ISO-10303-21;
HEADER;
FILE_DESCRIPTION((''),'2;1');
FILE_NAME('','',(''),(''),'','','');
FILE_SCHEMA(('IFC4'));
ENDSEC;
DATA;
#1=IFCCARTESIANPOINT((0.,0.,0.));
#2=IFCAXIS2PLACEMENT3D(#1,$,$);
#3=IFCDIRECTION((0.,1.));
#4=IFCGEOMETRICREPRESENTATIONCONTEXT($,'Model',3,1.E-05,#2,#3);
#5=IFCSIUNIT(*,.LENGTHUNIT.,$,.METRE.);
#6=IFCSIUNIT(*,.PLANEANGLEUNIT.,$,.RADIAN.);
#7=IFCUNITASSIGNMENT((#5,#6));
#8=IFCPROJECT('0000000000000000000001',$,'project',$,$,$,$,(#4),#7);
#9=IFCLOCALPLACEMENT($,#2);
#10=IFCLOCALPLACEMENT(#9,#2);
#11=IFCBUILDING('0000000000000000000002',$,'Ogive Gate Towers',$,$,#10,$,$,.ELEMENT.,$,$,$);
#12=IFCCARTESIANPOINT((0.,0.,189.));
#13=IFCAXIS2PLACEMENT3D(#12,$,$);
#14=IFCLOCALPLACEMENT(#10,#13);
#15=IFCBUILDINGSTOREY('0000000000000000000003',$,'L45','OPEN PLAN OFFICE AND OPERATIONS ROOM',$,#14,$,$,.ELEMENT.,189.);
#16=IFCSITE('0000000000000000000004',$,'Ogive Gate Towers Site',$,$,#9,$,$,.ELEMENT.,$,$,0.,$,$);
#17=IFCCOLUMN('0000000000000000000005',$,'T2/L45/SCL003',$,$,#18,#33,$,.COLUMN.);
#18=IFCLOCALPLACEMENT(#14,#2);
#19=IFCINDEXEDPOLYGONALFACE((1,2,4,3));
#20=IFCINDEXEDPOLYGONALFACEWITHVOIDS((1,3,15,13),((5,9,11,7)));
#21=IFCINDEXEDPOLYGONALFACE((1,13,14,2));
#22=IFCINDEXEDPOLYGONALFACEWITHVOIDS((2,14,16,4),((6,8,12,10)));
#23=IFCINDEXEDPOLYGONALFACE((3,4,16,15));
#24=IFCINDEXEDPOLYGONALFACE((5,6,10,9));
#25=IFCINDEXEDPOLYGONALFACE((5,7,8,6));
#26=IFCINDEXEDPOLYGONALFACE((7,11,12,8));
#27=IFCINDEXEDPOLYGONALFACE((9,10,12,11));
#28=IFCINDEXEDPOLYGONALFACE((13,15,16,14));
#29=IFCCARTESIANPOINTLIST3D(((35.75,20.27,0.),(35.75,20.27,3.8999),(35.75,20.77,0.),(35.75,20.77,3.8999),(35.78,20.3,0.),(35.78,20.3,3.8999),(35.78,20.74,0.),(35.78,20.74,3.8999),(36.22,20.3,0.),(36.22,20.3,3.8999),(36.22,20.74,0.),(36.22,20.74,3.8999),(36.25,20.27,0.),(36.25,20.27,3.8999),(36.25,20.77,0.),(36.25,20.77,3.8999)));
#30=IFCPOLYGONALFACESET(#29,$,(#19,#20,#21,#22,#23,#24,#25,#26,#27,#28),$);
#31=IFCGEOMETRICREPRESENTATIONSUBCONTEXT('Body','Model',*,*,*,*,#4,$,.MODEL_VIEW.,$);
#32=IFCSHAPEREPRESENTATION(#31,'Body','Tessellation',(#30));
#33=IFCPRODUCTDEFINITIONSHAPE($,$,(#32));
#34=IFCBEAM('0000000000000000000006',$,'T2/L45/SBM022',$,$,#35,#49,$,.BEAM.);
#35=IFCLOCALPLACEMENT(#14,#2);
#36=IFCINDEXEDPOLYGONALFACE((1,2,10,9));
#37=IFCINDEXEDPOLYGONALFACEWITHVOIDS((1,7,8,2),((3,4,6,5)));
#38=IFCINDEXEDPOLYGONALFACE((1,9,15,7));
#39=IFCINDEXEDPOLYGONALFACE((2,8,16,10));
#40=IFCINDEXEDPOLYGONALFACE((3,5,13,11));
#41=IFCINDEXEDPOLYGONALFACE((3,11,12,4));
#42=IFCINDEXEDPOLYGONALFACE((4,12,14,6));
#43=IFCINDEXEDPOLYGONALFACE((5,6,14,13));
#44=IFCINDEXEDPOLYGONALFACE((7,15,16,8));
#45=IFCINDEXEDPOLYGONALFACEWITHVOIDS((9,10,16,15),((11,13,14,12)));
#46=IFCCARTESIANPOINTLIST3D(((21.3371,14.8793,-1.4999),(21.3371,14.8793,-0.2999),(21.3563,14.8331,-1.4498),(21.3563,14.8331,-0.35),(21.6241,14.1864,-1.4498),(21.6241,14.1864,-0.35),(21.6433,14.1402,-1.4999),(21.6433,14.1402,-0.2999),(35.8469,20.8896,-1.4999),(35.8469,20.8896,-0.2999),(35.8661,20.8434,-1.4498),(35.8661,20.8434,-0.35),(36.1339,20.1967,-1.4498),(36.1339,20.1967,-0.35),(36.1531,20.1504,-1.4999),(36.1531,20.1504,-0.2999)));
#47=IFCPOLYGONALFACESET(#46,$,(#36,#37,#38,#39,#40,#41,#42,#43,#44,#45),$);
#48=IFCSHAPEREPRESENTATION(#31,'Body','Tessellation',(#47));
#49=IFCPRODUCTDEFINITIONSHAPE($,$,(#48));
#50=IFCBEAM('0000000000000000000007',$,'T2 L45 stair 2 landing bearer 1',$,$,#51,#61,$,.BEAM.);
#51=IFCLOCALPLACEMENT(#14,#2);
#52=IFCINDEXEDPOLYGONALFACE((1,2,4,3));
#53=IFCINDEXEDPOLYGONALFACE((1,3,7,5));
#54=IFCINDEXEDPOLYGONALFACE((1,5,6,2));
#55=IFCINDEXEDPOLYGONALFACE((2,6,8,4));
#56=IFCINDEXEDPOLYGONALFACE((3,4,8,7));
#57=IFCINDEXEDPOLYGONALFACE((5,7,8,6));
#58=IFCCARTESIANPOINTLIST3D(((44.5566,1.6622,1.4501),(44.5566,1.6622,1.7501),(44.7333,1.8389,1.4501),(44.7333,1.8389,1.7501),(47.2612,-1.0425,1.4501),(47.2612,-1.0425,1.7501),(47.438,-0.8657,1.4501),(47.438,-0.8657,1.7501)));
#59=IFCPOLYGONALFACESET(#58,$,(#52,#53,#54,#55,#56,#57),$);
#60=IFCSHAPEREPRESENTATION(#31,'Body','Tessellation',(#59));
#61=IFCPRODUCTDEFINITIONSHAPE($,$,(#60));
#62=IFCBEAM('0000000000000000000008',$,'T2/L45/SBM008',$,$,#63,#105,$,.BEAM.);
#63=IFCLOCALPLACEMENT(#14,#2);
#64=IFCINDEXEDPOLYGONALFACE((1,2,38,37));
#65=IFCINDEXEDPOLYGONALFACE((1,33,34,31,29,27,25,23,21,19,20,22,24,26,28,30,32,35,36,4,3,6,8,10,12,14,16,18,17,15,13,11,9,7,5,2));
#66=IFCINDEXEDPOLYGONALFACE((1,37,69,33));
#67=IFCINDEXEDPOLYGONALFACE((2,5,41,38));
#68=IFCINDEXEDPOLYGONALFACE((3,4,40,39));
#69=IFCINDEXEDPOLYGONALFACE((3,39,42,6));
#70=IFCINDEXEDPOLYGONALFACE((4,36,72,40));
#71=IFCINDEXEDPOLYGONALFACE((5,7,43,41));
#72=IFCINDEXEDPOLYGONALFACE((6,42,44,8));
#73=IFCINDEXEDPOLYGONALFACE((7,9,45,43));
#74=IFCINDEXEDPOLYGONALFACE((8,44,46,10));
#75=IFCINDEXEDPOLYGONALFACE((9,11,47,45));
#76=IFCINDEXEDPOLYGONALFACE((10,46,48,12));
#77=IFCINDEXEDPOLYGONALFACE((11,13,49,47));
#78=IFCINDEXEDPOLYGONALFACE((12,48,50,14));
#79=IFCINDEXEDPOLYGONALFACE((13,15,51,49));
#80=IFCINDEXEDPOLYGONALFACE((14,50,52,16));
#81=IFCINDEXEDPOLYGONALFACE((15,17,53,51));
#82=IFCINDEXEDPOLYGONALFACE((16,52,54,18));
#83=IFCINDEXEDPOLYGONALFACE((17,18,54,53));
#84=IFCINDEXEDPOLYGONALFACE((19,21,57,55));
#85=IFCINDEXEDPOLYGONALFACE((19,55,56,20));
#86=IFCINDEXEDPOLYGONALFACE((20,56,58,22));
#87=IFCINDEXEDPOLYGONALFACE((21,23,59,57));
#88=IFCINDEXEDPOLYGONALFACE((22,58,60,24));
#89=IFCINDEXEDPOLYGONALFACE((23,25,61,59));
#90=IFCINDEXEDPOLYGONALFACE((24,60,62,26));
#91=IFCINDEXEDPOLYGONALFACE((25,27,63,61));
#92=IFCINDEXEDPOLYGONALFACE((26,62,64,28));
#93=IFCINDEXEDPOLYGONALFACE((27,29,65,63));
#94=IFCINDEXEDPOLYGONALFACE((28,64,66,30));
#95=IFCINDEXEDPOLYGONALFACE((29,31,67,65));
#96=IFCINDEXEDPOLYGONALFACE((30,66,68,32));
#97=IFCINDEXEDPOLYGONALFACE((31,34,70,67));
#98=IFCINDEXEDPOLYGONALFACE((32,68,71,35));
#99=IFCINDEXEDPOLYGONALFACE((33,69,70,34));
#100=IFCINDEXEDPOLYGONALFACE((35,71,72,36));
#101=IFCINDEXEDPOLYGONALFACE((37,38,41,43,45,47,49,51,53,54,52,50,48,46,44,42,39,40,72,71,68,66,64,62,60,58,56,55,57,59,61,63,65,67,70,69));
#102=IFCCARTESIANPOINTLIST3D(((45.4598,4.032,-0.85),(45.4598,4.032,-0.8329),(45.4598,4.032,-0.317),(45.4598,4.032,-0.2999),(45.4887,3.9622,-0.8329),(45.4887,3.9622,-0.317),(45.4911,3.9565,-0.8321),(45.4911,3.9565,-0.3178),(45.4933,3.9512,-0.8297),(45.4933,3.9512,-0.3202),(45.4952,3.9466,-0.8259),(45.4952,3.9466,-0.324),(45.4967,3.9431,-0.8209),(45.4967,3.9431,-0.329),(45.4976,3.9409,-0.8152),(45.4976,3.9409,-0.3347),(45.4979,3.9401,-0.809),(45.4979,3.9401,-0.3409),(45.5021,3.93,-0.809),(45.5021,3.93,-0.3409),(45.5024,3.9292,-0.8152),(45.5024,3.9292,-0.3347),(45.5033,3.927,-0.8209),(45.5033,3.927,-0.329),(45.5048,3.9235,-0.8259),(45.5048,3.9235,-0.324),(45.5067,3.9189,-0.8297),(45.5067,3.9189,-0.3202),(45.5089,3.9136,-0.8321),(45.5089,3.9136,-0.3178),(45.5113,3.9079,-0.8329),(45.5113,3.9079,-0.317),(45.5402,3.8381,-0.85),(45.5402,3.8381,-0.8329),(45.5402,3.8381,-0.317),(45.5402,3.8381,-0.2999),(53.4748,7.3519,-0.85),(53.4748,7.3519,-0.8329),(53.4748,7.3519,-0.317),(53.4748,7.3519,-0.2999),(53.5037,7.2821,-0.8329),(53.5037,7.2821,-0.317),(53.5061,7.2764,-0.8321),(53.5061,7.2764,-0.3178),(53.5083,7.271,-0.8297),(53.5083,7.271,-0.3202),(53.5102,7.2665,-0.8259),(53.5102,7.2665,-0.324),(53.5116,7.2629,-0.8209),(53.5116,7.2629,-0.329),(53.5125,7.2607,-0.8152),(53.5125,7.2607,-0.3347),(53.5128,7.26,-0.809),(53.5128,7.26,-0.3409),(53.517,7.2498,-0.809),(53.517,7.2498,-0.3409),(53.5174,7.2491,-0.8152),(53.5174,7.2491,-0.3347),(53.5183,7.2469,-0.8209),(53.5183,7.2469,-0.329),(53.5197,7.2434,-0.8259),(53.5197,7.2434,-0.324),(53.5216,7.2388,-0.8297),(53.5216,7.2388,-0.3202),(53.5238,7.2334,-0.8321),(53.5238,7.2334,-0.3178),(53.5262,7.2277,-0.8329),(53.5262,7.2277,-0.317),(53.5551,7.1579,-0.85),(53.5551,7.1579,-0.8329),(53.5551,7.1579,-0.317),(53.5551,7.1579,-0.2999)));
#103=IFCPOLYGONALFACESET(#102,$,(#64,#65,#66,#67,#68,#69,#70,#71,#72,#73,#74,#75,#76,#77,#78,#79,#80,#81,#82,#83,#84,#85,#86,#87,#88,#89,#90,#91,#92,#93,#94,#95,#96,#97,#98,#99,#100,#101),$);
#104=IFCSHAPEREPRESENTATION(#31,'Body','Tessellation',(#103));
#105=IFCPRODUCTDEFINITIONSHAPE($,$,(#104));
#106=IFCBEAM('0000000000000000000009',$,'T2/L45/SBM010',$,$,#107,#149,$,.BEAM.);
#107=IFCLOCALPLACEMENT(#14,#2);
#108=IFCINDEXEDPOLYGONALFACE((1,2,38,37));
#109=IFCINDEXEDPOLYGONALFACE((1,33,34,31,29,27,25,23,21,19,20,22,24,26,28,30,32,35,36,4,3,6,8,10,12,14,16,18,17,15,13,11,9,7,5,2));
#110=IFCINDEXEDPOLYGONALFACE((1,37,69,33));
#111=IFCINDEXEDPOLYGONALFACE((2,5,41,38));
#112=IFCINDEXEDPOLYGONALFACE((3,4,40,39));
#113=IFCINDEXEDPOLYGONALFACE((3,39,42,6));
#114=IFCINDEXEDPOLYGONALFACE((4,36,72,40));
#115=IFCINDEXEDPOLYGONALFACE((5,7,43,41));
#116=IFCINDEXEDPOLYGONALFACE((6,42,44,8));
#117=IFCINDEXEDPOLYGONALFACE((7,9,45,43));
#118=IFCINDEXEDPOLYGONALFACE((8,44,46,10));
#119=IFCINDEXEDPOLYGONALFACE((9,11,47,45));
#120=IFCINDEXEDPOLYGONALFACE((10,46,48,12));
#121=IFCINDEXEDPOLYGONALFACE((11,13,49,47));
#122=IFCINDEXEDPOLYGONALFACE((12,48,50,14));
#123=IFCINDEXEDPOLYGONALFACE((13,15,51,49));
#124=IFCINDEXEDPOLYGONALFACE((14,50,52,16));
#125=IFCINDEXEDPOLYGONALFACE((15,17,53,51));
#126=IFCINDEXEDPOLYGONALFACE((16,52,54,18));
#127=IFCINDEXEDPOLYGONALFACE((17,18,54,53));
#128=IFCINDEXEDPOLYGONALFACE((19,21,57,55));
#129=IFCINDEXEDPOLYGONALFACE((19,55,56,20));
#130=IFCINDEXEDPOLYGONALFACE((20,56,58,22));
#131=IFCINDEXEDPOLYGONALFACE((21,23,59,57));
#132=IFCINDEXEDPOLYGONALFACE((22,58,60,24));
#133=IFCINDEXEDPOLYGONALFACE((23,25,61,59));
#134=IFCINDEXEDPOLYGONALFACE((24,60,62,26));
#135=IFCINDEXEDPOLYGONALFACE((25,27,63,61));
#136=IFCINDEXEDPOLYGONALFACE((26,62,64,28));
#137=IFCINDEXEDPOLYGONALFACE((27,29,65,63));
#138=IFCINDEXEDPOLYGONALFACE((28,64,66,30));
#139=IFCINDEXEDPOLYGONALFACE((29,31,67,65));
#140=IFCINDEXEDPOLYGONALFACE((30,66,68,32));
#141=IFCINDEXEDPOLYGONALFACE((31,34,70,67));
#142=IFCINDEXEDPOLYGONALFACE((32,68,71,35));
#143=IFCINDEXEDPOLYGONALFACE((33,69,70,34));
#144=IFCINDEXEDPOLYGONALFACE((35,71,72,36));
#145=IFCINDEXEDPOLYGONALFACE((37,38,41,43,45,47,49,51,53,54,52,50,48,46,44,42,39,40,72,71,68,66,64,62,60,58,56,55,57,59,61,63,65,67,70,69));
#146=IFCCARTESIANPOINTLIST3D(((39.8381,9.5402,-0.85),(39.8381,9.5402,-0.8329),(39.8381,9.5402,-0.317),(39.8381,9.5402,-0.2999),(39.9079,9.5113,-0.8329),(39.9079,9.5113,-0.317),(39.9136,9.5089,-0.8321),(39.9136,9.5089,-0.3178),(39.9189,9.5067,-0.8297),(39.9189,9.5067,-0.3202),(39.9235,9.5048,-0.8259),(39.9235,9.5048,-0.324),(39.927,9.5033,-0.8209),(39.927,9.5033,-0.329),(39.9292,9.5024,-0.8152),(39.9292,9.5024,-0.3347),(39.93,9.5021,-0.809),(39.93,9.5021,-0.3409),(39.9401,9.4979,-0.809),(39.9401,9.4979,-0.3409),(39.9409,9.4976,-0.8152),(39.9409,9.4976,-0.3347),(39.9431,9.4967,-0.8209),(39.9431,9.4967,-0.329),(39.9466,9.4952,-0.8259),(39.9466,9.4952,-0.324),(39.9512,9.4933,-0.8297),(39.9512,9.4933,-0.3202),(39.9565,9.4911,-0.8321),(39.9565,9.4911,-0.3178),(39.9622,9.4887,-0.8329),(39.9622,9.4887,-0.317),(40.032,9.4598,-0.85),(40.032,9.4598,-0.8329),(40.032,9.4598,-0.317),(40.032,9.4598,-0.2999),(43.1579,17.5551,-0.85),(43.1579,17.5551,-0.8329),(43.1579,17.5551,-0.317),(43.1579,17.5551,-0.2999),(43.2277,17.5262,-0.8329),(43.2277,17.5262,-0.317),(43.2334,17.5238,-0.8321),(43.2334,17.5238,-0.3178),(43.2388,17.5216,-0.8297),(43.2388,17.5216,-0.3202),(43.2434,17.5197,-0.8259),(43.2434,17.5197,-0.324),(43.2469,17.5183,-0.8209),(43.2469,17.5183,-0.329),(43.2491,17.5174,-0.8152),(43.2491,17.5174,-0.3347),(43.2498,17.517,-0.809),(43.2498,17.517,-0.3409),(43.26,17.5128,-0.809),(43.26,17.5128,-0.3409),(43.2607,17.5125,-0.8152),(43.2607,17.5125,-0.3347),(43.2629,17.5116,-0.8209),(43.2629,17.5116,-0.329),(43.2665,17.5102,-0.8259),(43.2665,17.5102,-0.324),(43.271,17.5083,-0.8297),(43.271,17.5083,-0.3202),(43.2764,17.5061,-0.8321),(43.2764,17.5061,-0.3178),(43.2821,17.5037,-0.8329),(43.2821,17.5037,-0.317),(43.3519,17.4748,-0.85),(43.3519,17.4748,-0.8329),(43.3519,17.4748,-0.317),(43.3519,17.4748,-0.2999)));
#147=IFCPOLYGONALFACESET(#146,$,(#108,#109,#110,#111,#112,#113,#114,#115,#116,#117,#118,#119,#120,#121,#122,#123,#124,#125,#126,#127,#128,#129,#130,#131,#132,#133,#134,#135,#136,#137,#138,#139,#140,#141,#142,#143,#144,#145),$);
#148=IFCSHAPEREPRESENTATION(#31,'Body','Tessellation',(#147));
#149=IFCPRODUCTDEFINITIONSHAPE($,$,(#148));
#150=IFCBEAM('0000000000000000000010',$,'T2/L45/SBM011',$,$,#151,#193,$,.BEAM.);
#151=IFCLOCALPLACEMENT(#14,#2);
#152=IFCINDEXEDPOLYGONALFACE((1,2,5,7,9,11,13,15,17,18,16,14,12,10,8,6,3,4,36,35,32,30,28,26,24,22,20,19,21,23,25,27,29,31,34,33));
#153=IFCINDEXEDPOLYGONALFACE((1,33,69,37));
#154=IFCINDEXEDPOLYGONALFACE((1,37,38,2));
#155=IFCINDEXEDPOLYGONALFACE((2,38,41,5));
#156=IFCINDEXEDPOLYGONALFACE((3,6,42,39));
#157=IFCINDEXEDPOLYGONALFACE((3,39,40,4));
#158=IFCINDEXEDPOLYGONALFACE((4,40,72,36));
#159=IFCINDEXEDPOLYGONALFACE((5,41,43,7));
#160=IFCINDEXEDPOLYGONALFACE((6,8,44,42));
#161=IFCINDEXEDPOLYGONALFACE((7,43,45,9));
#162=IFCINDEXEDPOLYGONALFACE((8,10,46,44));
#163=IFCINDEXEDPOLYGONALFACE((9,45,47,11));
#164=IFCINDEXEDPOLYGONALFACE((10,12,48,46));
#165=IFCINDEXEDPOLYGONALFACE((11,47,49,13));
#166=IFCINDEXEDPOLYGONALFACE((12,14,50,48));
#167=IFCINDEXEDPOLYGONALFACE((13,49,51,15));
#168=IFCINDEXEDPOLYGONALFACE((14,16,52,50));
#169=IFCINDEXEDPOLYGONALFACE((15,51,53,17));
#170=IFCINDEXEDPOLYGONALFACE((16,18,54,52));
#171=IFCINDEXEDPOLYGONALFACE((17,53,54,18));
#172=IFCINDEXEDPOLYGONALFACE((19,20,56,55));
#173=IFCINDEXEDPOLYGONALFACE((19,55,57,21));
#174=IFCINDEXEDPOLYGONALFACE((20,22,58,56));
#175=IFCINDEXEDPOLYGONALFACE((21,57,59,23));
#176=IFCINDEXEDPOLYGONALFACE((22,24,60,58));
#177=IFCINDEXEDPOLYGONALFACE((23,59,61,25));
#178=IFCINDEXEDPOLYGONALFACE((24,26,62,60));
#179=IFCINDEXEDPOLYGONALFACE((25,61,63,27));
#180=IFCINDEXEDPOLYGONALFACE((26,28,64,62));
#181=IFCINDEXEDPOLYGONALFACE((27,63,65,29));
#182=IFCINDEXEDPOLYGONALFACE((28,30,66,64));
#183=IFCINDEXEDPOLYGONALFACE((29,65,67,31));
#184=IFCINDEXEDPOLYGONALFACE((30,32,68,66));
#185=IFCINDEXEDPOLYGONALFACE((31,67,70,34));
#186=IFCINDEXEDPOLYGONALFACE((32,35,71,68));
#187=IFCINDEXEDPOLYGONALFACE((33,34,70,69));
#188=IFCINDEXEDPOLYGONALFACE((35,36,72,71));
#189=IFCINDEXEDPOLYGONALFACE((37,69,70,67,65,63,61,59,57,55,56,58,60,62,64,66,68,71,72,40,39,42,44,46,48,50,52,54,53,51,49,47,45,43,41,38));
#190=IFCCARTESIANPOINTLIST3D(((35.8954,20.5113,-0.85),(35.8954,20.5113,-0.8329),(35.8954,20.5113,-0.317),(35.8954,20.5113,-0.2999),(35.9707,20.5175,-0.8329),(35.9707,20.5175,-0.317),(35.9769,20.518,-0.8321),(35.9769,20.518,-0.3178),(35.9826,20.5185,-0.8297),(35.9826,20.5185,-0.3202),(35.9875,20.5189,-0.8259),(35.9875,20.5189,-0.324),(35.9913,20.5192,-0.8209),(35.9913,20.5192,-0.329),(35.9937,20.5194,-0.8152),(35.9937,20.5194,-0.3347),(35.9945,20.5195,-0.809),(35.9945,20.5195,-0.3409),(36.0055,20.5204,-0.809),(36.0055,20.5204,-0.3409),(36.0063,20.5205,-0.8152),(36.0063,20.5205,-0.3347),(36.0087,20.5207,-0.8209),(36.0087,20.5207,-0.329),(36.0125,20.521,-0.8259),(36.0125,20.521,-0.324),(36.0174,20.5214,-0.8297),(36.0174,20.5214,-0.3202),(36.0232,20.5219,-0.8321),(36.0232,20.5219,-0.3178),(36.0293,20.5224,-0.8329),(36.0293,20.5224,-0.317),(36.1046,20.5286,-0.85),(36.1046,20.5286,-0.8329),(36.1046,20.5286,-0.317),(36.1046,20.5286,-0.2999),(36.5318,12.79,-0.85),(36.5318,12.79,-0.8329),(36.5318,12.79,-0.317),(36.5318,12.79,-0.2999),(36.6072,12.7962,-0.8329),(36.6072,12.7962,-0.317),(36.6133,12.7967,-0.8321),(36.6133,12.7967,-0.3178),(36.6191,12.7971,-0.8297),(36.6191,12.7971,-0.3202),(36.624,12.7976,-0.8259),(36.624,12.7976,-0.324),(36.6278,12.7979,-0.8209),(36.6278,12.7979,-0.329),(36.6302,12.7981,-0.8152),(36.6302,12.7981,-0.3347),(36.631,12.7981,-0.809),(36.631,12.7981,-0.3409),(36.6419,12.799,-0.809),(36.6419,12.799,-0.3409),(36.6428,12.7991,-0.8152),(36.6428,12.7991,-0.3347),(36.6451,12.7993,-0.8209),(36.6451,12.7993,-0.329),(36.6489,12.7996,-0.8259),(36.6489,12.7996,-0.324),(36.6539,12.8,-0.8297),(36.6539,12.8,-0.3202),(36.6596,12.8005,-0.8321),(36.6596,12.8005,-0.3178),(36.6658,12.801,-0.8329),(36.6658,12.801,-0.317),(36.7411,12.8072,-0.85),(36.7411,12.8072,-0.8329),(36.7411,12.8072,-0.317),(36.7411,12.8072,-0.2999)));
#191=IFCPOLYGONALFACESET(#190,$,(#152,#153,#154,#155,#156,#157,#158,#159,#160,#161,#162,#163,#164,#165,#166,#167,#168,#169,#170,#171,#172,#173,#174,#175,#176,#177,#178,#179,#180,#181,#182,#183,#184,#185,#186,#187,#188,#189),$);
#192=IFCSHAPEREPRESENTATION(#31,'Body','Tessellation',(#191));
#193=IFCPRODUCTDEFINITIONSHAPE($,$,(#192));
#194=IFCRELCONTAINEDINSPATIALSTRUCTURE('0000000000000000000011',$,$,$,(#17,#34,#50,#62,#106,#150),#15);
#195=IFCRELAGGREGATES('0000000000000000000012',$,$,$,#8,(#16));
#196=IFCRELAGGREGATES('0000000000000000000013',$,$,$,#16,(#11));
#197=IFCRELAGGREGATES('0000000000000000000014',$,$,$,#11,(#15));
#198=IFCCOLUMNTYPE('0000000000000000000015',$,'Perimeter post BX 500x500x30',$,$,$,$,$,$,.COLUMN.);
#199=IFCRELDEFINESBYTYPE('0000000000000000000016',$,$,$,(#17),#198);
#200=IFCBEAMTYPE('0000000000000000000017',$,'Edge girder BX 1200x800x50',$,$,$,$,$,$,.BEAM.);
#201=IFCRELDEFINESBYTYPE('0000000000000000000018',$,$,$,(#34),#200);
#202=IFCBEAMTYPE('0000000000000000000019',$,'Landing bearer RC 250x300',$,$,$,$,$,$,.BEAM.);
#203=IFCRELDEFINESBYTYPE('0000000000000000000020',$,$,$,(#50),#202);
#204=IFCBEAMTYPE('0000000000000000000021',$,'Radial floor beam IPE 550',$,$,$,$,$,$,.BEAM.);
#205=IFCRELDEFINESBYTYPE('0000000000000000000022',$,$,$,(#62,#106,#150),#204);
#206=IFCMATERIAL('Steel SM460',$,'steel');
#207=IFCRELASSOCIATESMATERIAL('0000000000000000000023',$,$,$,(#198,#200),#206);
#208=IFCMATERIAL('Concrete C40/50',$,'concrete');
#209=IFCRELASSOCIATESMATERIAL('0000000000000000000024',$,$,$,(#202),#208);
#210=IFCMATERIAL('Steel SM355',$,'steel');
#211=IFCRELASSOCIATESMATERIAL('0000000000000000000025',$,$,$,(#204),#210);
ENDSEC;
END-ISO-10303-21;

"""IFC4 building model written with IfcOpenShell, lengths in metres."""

from ifc_helpers import new_model, si_unit, direction, frame, origin, origin_2d, place, context, subcontext, project, spatial, rectangle, hollow_rectangle, i_section, extrude, material, material_profile, profile_set, type_object, element, save


model = new_model("IFC4")

# Units and contexts
model_context = context("Model", 3, precision=1e-05, world=origin(), true_north=direction((0.0, 1.0)))
body_context = subcontext(model_context, "Body", "Model", "MODEL_VIEW")
ifc_project = project(units=[si_unit("LENGTHUNIT", "METRE"), si_unit("PLANEANGLEUNIT", "RADIAN")], contexts=[model_context])

# Site, building, storey
site_placement = place(None, origin())
site = spatial("IfcSite", under=ifc_project, at=site_placement, Name="Ogive Gate Towers Site", CompositionType="ELEMENT", RefElevation=0.0)
building_placement = place(site_placement, origin())
building = spatial("IfcBuilding", under=site, at=building_placement, Name="Ogive Gate Towers", CompositionType="ELEMENT")
storey_placement = place(building_placement, frame((0.0, 0.0, 189.0)))
storey = spatial("IfcBuildingStorey", under=building, at=storey_placement, Name="L45", Description="OPEN PLAN OFFICE AND OPERATIONS ROOM", CompositionType="ELEMENT", Elevation=189.0)

# Column
ifc_material_1 = material(Name="Steel SM460", Category="steel")
ifc_material_profile_1 = material_profile(ifc_material_1, hollow_rectangle(XDim=0.5, YDim=0.5, WallThickness=0.03, at=origin_2d()), Name="BX 500x500x30")
ifc_profile_set_1 = profile_set([ifc_material_profile_1], Name="Steel SM460")
column_type = type_object("IfcColumnType", Name="Perimeter post BX 500x500x30", PredefinedType="COLUMN", material=ifc_profile_set_1)
column_placement = place(storey_placement, frame((36.0, 20.52, 0.0), z_axis=(0.0, 0.0, 1.0), x_axis=(1.0, 0.0, 0.0)))
element("IfcColumn", 1, at=column_placement, inside=storey, type_object=column_type, Name="T2/L45/SCL003", PredefinedType="COLUMN", context=body_context, shape_type="SweptSolid", body=[
    extrude(hollow_rectangle(XDim=0.5, YDim=0.5, WallThickness=0.03, at=origin_2d()), origin(), (0.0, 0.0, 1.0), 3.8999),
])

# Beams
ifc_material_profile_2 = material_profile(ifc_material_1, hollow_rectangle(XDim=0.8, YDim=1.2, WallThickness=0.05, at=origin_2d()), Name="BX 1200x800x50")
ifc_profile_set_2 = profile_set([ifc_material_profile_2], Name="Steel SM460")
beam_type_1 = type_object("IfcBeamType", Name="Edge girder BX 1200x800x50", PredefinedType="BEAM", material=ifc_profile_set_2)
beam_1_placement = place(storey_placement, frame((36.0, 20.52, -0.8999), z_axis=(-0.923877, -0.38269, 0.0), x_axis=(0.38269, -0.923877, 0.0)))
element("IfcBeam", 2, at=beam_1_placement, inside=storey, type_object=beam_type_1, Name="T2/L45/SBM022", PredefinedType="BEAM", context=body_context, shape_type="SweptSolid", body=[
    extrude(hollow_rectangle(XDim=0.8, YDim=1.2, WallThickness=0.05, at=origin_2d()), origin(), (0.0, 0.0, 1.0), 15.7053),
])
ifc_material_2 = material(Name="Concrete C40/50", Category="concrete")
ifc_material_profile_3 = material_profile(ifc_material_2, rectangle(XDim=0.25, YDim=0.3, at=origin_2d()), Name="RC 250x300")
ifc_profile_set_3 = profile_set([ifc_material_profile_3], Name="Concrete C40/50")
beam_type_2 = type_object("IfcBeamType", Name="Landing bearer RC 250x300", PredefinedType="BEAM", material=ifc_profile_set_3)
beam_2_placement = place(storey_placement, frame((47.3496, -0.9541, 1.6001), z_axis=(-0.707107, 0.707107, 0.0), x_axis=(-0.707107, -0.707107, 0.0)))
element("IfcBeam", 3, at=beam_2_placement, inside=storey, type_object=beam_type_2, Name="T2 L45 stair 2 landing bearer 1", PredefinedType="BEAM", context=body_context, shape_type="SweptSolid", body=[
    extrude(rectangle(XDim=0.25, YDim=0.3, at=origin_2d()), origin(), (0.0, 0.0, 1.0), 3.825),
])
ifc_material_3 = material(Name="Steel SM355", Category="steel")
ifc_material_profile_4 = material_profile(ifc_material_3, i_section(OverallWidth=0.21, OverallDepth=0.55, WebThickness=0.011, FlangeThickness=0.0171, FilletRadius=0.0239, at=origin_2d()), Name="IPE 550")
ifc_profile_set_4 = profile_set([ifc_material_profile_4], Name="Steel SM355")
beam_type_3 = type_object("IfcBeamType", Name="Radial floor beam IPE 550", PredefinedType="BEAM", material=ifc_profile_set_4)
for number, where, z_axis, x_axis, name in (
    (4, (45.5, 3.9351, -0.575), (0.923882, 0.382678, 0.0), (-0.382678, 0.923882, 0.0), "T2/L45/SBM008"),
    (5, (39.9351, 9.5, -0.575), (0.382678, 0.923882, 0.0), (-0.923882, 0.382678, 0.0), "T2/L45/SBM010"),
):
    element("IfcBeam", number, at=place(storey_placement, frame(where, z_axis=z_axis, x_axis=x_axis)), inside=storey, type_object=beam_type_3, Name=name, PredefinedType="BEAM", context=body_context, shape_type="SweptSolid", body=[
        extrude(i_section(OverallWidth=0.21, OverallDepth=0.55, WebThickness=0.011, FlangeThickness=0.0171, FilletRadius=0.0239, at=origin_2d()), origin(), (0.0, 0.0, 1.0), 8.6753),
    ])
beam_3_placement = place(storey_placement, frame((36.6365, 12.7986, -0.575), z_axis=(-0.082151, 0.99662, 0.0), x_axis=(-0.99662, -0.082151, 0.0)))
element("IfcBeam", 6, at=beam_3_placement, inside=storey, type_object=beam_type_3, Name="T2/L45/SBM011", PredefinedType="BEAM", context=body_context, shape_type="SweptSolid", body=[
    extrude(i_section(OverallWidth=0.21, OverallDepth=0.55, WebThickness=0.011, FlangeThickness=0.0171, FilletRadius=0.0239, at=origin_2d()), origin(), (0.0, 0.0, 1.0), 7.7476),
])

save(model, "model.ifc")
